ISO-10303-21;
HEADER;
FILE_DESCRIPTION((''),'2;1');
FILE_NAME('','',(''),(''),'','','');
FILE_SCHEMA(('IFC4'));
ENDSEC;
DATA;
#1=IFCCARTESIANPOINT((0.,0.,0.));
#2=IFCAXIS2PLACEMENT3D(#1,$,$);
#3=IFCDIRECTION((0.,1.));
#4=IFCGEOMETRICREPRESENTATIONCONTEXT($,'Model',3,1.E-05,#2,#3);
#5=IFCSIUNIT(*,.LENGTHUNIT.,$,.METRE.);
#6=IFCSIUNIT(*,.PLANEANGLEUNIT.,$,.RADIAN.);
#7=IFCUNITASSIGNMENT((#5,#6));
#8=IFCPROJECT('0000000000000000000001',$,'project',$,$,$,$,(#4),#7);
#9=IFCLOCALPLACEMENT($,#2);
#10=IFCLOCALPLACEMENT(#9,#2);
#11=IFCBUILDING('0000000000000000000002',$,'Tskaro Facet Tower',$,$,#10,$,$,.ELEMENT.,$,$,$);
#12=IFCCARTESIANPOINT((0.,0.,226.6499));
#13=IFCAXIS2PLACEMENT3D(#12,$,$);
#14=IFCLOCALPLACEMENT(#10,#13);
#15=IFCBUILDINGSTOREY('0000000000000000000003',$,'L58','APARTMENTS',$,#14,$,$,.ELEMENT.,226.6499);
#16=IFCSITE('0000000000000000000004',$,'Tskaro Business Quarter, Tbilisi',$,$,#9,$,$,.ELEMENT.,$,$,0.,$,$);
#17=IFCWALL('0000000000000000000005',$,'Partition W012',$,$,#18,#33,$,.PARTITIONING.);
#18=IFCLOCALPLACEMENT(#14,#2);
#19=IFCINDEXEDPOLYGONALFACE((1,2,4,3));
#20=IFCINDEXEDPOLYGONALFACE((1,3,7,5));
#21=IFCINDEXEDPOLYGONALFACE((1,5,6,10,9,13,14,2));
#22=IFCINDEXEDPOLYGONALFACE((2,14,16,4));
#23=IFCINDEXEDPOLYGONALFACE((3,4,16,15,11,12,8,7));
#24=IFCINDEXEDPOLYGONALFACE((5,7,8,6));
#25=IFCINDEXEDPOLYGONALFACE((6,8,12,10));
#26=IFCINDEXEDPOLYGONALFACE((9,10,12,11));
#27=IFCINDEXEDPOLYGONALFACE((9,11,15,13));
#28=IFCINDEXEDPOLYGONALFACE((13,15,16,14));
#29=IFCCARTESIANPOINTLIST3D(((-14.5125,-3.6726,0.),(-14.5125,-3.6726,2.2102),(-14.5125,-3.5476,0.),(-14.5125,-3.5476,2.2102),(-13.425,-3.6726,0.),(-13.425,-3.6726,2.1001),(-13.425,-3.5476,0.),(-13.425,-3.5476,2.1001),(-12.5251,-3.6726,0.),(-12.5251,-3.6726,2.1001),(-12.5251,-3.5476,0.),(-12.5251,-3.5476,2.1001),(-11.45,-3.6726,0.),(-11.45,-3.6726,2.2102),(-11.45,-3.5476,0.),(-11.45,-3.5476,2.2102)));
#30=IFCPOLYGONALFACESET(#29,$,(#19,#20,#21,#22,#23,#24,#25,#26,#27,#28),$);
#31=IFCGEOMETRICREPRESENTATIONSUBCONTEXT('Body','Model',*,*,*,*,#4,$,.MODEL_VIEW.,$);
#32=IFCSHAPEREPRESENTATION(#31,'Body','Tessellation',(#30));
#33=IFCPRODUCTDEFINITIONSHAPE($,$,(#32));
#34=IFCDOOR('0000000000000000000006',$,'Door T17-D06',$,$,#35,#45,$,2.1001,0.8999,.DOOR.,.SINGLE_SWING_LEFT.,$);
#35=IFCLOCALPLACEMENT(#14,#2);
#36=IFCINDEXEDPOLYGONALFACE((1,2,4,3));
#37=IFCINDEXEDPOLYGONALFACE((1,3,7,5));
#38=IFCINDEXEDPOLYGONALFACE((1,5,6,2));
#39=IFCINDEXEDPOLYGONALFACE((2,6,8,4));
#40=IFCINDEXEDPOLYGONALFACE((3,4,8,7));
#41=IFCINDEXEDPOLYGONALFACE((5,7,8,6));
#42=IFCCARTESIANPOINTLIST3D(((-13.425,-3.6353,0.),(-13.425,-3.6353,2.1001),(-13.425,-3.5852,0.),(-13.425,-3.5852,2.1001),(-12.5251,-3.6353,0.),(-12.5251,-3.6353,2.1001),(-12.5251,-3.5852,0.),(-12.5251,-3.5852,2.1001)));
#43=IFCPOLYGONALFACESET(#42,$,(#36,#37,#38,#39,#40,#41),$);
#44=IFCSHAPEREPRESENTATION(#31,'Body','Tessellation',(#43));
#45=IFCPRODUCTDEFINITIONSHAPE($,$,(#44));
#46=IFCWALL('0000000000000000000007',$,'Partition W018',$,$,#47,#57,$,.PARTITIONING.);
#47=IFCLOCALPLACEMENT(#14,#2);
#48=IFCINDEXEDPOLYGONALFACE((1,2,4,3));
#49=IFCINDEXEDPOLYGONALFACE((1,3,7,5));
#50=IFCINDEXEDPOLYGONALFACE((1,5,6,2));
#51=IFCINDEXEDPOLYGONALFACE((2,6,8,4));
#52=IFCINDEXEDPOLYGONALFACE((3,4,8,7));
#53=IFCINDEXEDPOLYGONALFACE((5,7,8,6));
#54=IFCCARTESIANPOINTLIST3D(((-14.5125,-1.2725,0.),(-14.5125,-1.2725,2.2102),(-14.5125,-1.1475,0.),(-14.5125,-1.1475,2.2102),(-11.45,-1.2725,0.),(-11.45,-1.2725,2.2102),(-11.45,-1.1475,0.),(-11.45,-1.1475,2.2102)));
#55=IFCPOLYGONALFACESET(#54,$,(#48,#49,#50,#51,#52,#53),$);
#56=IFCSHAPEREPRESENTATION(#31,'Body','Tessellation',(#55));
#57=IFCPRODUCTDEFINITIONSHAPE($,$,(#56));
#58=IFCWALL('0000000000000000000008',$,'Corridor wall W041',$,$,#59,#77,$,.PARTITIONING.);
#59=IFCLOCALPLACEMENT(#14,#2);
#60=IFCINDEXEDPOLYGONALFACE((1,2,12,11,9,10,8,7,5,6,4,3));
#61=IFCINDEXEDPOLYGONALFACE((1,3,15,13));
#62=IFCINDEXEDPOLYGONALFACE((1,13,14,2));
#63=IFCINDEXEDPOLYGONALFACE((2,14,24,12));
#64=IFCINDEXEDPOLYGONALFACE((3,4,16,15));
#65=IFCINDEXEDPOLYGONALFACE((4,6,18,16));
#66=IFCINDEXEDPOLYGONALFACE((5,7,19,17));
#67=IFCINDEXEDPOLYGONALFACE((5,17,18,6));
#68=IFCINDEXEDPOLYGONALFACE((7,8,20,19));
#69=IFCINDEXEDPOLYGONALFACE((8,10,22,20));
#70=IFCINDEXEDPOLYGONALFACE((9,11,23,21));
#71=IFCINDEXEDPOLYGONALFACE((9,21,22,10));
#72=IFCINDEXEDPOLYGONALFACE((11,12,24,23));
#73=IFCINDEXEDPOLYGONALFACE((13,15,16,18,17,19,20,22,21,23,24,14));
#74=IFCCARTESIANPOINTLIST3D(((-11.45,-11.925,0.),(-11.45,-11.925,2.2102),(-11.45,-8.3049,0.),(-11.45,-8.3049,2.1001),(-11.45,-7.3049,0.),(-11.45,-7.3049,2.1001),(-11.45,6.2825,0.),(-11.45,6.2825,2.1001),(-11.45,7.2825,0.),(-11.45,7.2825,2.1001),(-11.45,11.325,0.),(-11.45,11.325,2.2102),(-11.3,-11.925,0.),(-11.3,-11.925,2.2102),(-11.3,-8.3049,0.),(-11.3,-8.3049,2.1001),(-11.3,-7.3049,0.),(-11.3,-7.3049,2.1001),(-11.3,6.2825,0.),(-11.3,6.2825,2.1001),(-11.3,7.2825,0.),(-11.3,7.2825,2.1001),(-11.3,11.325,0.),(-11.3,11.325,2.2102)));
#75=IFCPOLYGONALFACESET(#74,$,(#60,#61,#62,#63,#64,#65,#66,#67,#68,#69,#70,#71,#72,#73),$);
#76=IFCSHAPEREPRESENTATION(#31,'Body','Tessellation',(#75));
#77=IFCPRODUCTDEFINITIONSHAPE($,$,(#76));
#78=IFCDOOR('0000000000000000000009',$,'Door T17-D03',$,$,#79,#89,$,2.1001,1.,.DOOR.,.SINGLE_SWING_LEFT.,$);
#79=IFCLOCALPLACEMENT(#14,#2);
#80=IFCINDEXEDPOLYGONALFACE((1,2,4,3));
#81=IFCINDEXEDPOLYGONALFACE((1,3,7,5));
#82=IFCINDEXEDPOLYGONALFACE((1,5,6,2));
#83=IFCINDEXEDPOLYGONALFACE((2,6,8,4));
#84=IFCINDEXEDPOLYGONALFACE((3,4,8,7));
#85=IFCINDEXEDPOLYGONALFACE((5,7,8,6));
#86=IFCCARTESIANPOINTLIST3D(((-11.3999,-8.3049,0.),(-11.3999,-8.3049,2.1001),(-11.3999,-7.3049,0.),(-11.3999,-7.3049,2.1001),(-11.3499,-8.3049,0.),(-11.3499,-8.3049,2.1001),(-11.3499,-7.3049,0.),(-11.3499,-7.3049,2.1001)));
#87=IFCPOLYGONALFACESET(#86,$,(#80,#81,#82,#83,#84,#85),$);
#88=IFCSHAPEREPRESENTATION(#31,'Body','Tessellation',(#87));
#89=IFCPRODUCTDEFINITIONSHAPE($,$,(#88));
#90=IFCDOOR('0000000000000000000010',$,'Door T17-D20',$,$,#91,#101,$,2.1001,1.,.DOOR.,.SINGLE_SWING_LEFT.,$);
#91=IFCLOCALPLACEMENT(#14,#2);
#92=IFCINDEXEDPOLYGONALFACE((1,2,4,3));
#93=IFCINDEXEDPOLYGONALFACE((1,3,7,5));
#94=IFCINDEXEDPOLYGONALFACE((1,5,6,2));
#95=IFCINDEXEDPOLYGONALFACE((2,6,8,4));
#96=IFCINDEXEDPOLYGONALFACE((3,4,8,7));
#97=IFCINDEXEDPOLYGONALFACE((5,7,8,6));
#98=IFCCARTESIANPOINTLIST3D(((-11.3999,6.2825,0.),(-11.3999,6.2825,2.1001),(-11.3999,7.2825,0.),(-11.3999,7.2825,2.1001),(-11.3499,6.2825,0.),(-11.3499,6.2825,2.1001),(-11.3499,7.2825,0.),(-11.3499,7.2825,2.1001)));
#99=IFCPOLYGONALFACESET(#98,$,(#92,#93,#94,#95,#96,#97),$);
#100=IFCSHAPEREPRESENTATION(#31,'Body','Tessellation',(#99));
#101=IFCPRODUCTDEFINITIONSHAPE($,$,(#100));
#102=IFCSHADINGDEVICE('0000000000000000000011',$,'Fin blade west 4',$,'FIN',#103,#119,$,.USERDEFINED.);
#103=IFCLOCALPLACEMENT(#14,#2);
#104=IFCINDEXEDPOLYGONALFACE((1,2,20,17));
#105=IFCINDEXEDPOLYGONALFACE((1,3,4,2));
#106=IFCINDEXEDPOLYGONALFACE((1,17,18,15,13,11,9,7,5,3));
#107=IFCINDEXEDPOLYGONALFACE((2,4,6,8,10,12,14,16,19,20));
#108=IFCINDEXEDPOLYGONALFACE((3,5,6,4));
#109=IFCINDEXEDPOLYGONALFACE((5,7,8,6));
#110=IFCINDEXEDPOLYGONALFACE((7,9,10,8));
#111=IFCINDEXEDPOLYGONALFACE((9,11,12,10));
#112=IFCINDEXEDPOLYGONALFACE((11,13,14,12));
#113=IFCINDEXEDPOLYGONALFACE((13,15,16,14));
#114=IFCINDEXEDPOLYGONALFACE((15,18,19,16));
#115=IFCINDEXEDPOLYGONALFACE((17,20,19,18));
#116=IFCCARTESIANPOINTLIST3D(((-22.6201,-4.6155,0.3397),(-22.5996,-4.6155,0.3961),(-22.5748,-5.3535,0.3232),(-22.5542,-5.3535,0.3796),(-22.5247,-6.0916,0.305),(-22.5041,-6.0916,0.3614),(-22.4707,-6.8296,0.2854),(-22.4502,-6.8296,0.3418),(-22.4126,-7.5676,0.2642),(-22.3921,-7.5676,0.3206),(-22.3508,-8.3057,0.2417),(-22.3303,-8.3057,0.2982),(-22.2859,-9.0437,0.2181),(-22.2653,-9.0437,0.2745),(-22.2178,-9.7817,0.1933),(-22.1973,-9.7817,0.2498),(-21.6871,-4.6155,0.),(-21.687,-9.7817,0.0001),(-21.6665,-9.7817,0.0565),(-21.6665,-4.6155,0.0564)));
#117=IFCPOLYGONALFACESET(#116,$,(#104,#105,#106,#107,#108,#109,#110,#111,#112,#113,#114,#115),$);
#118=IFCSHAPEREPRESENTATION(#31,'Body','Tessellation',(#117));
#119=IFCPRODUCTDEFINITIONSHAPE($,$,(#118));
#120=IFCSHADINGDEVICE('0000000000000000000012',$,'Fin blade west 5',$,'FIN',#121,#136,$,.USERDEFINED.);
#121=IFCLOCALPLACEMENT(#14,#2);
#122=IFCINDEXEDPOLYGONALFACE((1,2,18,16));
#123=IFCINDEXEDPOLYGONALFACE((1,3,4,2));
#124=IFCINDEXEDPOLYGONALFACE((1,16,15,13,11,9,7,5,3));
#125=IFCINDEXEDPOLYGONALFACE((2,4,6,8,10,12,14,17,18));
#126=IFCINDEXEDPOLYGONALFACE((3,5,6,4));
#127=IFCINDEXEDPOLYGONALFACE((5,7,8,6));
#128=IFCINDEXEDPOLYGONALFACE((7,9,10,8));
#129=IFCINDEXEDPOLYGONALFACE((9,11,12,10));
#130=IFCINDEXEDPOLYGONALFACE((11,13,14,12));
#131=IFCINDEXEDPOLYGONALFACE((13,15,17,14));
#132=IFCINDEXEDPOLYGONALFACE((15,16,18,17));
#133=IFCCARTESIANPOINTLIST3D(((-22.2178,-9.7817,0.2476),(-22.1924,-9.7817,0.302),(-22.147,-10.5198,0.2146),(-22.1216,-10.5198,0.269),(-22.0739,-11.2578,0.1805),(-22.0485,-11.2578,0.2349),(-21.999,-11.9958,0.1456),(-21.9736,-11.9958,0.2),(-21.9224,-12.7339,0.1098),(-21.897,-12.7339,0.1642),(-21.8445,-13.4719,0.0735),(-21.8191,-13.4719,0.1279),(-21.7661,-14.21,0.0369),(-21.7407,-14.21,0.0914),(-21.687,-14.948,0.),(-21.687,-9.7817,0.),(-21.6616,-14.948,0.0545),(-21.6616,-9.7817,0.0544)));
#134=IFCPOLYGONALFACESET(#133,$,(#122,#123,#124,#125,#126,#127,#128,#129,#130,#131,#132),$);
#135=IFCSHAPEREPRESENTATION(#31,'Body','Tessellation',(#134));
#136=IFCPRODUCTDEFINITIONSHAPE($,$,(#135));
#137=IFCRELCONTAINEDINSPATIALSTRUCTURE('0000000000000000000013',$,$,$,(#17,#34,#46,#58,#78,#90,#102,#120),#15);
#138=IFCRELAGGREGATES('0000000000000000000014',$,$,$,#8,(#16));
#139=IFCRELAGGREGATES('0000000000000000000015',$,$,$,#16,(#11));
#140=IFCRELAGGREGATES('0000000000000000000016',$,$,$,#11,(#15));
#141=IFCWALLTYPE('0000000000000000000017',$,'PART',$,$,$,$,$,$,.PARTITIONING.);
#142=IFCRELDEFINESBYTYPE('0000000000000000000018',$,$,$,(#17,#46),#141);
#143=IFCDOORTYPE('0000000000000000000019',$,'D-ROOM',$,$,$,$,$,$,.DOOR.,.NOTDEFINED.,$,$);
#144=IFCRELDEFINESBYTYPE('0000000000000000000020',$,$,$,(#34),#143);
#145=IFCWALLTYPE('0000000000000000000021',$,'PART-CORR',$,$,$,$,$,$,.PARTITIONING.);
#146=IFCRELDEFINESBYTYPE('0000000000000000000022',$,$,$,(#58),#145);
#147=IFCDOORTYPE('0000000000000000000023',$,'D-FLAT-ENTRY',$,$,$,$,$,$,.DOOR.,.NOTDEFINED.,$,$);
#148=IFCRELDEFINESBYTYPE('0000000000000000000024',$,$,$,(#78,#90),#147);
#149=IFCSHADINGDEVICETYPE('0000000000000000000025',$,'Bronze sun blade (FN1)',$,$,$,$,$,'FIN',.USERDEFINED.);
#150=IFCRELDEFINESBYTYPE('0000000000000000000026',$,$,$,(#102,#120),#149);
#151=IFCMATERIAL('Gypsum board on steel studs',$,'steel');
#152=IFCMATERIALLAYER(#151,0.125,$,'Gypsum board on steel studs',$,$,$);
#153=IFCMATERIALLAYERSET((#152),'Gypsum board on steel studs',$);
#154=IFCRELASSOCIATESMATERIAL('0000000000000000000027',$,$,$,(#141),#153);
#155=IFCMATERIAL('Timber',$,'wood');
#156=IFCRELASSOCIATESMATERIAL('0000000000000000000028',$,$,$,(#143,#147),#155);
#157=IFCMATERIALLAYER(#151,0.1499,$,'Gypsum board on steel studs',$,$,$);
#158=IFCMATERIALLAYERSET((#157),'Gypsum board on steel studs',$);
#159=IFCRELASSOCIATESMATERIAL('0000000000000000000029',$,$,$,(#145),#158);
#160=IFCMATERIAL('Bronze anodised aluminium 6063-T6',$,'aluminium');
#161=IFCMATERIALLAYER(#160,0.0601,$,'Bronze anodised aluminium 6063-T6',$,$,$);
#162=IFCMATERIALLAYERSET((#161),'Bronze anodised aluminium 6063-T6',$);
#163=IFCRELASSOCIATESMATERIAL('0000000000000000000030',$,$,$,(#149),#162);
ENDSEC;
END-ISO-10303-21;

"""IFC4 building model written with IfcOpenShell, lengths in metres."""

from ifc_helpers import new_model, si_unit, direction, frame, frame_2d, origin, place, context, subcontext, project, spatial, polyline, rectangle, outline, extrude, material, layer, layer_set, type_object, element, fill, save


model = new_model("IFC4")

# Units and contexts
model_context = context("Model", 3, precision=1e-05, world=origin(), true_north=direction((0.0, 1.0)))
body_context = subcontext(model_context, "Body", "Model", "MODEL_VIEW")
ifc_project = project(units=[si_unit("LENGTHUNIT", "METRE"), si_unit("PLANEANGLEUNIT", "RADIAN")], contexts=[model_context])

# Site, building, storey
site_placement = place(None, origin())
site = spatial("IfcSite", under=ifc_project, at=site_placement, Name="Tskaro Business Quarter, Tbilisi", CompositionType="ELEMENT", RefElevation=0.0)
building_placement = place(site_placement, origin())
building = spatial("IfcBuilding", under=site, at=building_placement, Name="Tskaro Facet Tower", CompositionType="ELEMENT")
storey_placement = place(building_placement, frame((0.0, 0.0, 226.6499)))
storey = spatial("IfcBuildingStorey", under=building, at=storey_placement, Name="L58", Description="APARTMENTS", CompositionType="ELEMENT", Elevation=226.6499)

# Shared definitions
ifc_material_1 = material(Name="Bronze anodised aluminium 6063-T6", Category="aluminium")

# Shared definitions
ifc_material_2 = material(Name="Gypsum board on steel studs", Category="steel")
ifc_layer_1 = layer(ifc_material_2, 0.125, Name="Gypsum board on steel studs")
ifc_layer_set_1 = layer_set([ifc_layer_1], Name="Gypsum board on steel studs")
wall_type_1 = type_object("IfcWallType", Name="PART", PredefinedType="PARTITIONING", material=ifc_layer_set_1)

# Wall, opening, door
wall_1_placement = place(storey_placement, frame((-14.5125, -3.6101, 0.0), z_axis=(0.0, 0.0, 1.0), x_axis=(1.0, 0.0, 0.0)))
wall_1 = element("IfcWall", 1, at=wall_1_placement, inside=storey, type_object=wall_type_1, Name="Partition W012", PredefinedType="PARTITIONING", context=body_context, shape_type="SweptSolid", body=[
    extrude(rectangle(XDim=3.0625, YDim=0.125, at=frame_2d((1.5312, 0.0))), origin(), (0.0, 0.0, 1.0), 2.2102),
])
opening_1_placement = place(wall_1_placement, frame((1.0874, 0.0, 0.0)))
opening_1 = element("IfcOpeningElement", 2, at=opening_1_placement, cuts=wall_1, PredefinedType="OPENING", context=body_context, shape_type="SweptSolid", body=[
    extrude(rectangle(XDim=0.8999, YDim=2.1001, at=frame_2d((0.45, 1.05))), frame((0.0, 0.0725, 0.0), z_axis=(0.0, -1.0, 0.0), x_axis=(1.0, 0.0, 0.0)), (0.0, 0.0, 1.0), 0.145),
])
ifc_material_3 = material(Name="Timber", Category="wood")
door_type_1 = type_object("IfcDoorType", Name="D-ROOM", OperationType="NOTDEFINED", PredefinedType="DOOR", material=ifc_material_3)
door_1_placement = place(opening_1_placement, origin())
door_1 = element("IfcDoor", 3, at=door_1_placement, inside=storey, type_object=door_type_1, Name="Door T17-D06", OperationType="SINGLE_SWING_LEFT", OverallHeight=2.1001, OverallWidth=0.8999, PredefinedType="DOOR", context=body_context, shape_type="SweptSolid", body=[
    extrude(rectangle(XDim=0.8999, YDim=2.1001, at=frame_2d((0.45, 1.05))), frame((0.0, 0.0249, 0.0), z_axis=(0.0, -1.0, 0.0), x_axis=(1.0, 0.0, 0.0)), (0.0, 0.0, 1.0), 0.05),
])
fill(opening_1, door_1)

# Wall
wall_2_placement = place(storey_placement, frame((-14.5125, -1.21, 0.0), z_axis=(0.0, 0.0, 1.0), x_axis=(1.0, 0.0, 0.0)))
element("IfcWall", 4, at=wall_2_placement, inside=storey, type_object=wall_type_1, Name="Partition W018", PredefinedType="PARTITIONING", context=body_context, shape_type="SweptSolid", body=[
    extrude(rectangle(XDim=3.0625, YDim=0.125, at=frame_2d((1.5312, 0.0))), origin(), (0.0, 0.0, 1.0), 2.2102),
])

# Wall, openings, doors
ifc_layer_2 = layer(ifc_material_2, 0.1499, Name="Gypsum board on steel studs")
ifc_layer_set_2 = layer_set([ifc_layer_2], Name="Gypsum board on steel studs")
wall_type_2 = type_object("IfcWallType", Name="PART-CORR", PredefinedType="PARTITIONING", material=ifc_layer_set_2)
wall_3_placement = place(storey_placement, frame((-11.375, -11.925, 0.0), z_axis=(0.0, 0.0, 1.0), x_axis=(0.0, 1.0, 0.0)))
wall_3 = element("IfcWall", 5, at=wall_3_placement, inside=storey, type_object=wall_type_2, Name="Corridor wall W041", PredefinedType="PARTITIONING", context=body_context, shape_type="SweptSolid", body=[
    extrude(rectangle(XDim=23.25, YDim=0.1499, at=frame_2d((11.625, 0.0))), origin(), (0.0, 0.0, 1.0), 2.2102),
])
opening_2_placement = place(wall_3_placement, frame((3.6201, 0.0, 0.0)))
opening_2 = element("IfcOpeningElement", 6, at=opening_2_placement, cuts=wall_3, PredefinedType="OPENING", context=body_context, shape_type="SweptSolid", body=[
    extrude(rectangle(XDim=1.0, YDim=2.1001, at=frame_2d((0.5, 1.05))), frame((0.0, 0.085, 0.0), z_axis=(0.0, -1.0, 0.0), x_axis=(1.0, 0.0, 0.0)), (0.0, 0.0, 1.0), 0.1699),
])
opening_3_placement = place(wall_3_placement, frame((18.2075, 0.0, 0.0)))
opening_3 = element("IfcOpeningElement", 7, at=opening_3_placement, cuts=wall_3, PredefinedType="OPENING", context=body_context, shape_type="SweptSolid", body=[
    extrude(rectangle(XDim=1.0, YDim=2.1001, at=frame_2d((0.5, 1.05))), frame((0.0, 0.085, 0.0), z_axis=(0.0, -1.0, 0.0), x_axis=(1.0, 0.0, 0.0)), (0.0, 0.0, 1.0), 0.1699),
])
door_type_2 = type_object("IfcDoorType", Name="D-FLAT-ENTRY", OperationType="NOTDEFINED", PredefinedType="DOOR", material=ifc_material_3)
door_2_placement = place(opening_2_placement, origin())
door_2 = element("IfcDoor", 8, at=door_2_placement, inside=storey, type_object=door_type_2, Name="Door T17-D03", OperationType="SINGLE_SWING_LEFT", OverallHeight=2.1001, OverallWidth=1.0, PredefinedType="DOOR", context=body_context, shape_type="SweptSolid", body=[
    extrude(rectangle(XDim=1.0, YDim=2.1001, at=frame_2d((0.5, 1.05))), frame((0.0, 0.0249, 0.0), z_axis=(0.0, -1.0, 0.0), x_axis=(1.0, 0.0, 0.0)), (0.0, 0.0, 1.0), 0.05),
])
fill(opening_2, door_2)
door_3_placement = place(opening_3_placement, origin())
door_3 = element("IfcDoor", 9, at=door_3_placement, inside=storey, type_object=door_type_2, Name="Door T17-D20", OperationType="SINGLE_SWING_LEFT", OverallHeight=2.1001, OverallWidth=1.0, PredefinedType="DOOR", context=body_context, shape_type="SweptSolid", body=[
    extrude(rectangle(XDim=1.0, YDim=2.1001, at=frame_2d((0.5, 1.05))), frame((0.0, 0.0249, 0.0), z_axis=(0.0, -1.0, 0.0), x_axis=(1.0, 0.0, 0.0)), (0.0, 0.0, 1.0), 0.05),
])
fill(opening_3, door_3)

# Shading devices
ifc_layer_3 = layer(ifc_material_1, 0.0601, Name="Bronze anodised aluminium 6063-T6")
ifc_layer_set_3 = layer_set([ifc_layer_3], Name="Bronze anodised aluminium 6063-T6")
shading_device_type = type_object("IfcShadingDeviceType", Name="Bronze sun blade (FN1)", ElementType="FIN", PredefinedType="USERDEFINED", material=ifc_layer_set_3)
shading_device_1_placement = place(storey_placement, frame((-21.6665, -4.6155, 0.0564), z_axis=(0.342122, 0.000023, 0.939656), x_axis=(0.000008, -1.0, 0.000022)))
element("IfcShadingDevice", 10, at=shading_device_1_placement, inside=storey, type_object=shading_device_type, Name="Fin blade west 4", ObjectType="FIN", PredefinedType="USERDEFINED", context=body_context, shape_type="SweptSolid", body=[
    extrude(outline(polyline([(0.0, 0.0), (5.1663, 0.0), (5.1663, -0.5649), (4.4282, -0.6373), (3.6902, -0.7065), (2.9521, -0.7722), (2.2141, -0.834), (1.4761, -0.8914), (0.738, -0.9447), (0.0, -0.993), (0.0, 0.0)])), origin(), (0.0, 0.0, -1.0), 0.0601),
])
shading_device_2_placement = place(storey_placement, frame((-21.6616, -9.7817, 0.0544), z_axis=(0.422732, 0.000004, 0.906255), x_axis=(0.000002, -1.0, 0.000003)))
element("IfcShadingDevice", 11, at=shading_device_2_placement, inside=storey, type_object=shading_device_type, Name="Fin blade west 5", ObjectType="FIN", PredefinedType="USERDEFINED", context=body_context, shape_type="SweptSolid", body=[
    extrude(outline(polyline([(0.0, 0.0), (5.1663, 0.0), (4.4282, -0.0873), (3.6902, -0.1738), (2.9521, -0.2597), (2.2141, -0.3443), (1.4761, -0.427), (0.738, -0.5076), (0.0, -0.5857), (0.0, 0.0)])), origin(), (0.0, 0.0, -1.0), 0.0601),
])

save(model, "model.ifc")
